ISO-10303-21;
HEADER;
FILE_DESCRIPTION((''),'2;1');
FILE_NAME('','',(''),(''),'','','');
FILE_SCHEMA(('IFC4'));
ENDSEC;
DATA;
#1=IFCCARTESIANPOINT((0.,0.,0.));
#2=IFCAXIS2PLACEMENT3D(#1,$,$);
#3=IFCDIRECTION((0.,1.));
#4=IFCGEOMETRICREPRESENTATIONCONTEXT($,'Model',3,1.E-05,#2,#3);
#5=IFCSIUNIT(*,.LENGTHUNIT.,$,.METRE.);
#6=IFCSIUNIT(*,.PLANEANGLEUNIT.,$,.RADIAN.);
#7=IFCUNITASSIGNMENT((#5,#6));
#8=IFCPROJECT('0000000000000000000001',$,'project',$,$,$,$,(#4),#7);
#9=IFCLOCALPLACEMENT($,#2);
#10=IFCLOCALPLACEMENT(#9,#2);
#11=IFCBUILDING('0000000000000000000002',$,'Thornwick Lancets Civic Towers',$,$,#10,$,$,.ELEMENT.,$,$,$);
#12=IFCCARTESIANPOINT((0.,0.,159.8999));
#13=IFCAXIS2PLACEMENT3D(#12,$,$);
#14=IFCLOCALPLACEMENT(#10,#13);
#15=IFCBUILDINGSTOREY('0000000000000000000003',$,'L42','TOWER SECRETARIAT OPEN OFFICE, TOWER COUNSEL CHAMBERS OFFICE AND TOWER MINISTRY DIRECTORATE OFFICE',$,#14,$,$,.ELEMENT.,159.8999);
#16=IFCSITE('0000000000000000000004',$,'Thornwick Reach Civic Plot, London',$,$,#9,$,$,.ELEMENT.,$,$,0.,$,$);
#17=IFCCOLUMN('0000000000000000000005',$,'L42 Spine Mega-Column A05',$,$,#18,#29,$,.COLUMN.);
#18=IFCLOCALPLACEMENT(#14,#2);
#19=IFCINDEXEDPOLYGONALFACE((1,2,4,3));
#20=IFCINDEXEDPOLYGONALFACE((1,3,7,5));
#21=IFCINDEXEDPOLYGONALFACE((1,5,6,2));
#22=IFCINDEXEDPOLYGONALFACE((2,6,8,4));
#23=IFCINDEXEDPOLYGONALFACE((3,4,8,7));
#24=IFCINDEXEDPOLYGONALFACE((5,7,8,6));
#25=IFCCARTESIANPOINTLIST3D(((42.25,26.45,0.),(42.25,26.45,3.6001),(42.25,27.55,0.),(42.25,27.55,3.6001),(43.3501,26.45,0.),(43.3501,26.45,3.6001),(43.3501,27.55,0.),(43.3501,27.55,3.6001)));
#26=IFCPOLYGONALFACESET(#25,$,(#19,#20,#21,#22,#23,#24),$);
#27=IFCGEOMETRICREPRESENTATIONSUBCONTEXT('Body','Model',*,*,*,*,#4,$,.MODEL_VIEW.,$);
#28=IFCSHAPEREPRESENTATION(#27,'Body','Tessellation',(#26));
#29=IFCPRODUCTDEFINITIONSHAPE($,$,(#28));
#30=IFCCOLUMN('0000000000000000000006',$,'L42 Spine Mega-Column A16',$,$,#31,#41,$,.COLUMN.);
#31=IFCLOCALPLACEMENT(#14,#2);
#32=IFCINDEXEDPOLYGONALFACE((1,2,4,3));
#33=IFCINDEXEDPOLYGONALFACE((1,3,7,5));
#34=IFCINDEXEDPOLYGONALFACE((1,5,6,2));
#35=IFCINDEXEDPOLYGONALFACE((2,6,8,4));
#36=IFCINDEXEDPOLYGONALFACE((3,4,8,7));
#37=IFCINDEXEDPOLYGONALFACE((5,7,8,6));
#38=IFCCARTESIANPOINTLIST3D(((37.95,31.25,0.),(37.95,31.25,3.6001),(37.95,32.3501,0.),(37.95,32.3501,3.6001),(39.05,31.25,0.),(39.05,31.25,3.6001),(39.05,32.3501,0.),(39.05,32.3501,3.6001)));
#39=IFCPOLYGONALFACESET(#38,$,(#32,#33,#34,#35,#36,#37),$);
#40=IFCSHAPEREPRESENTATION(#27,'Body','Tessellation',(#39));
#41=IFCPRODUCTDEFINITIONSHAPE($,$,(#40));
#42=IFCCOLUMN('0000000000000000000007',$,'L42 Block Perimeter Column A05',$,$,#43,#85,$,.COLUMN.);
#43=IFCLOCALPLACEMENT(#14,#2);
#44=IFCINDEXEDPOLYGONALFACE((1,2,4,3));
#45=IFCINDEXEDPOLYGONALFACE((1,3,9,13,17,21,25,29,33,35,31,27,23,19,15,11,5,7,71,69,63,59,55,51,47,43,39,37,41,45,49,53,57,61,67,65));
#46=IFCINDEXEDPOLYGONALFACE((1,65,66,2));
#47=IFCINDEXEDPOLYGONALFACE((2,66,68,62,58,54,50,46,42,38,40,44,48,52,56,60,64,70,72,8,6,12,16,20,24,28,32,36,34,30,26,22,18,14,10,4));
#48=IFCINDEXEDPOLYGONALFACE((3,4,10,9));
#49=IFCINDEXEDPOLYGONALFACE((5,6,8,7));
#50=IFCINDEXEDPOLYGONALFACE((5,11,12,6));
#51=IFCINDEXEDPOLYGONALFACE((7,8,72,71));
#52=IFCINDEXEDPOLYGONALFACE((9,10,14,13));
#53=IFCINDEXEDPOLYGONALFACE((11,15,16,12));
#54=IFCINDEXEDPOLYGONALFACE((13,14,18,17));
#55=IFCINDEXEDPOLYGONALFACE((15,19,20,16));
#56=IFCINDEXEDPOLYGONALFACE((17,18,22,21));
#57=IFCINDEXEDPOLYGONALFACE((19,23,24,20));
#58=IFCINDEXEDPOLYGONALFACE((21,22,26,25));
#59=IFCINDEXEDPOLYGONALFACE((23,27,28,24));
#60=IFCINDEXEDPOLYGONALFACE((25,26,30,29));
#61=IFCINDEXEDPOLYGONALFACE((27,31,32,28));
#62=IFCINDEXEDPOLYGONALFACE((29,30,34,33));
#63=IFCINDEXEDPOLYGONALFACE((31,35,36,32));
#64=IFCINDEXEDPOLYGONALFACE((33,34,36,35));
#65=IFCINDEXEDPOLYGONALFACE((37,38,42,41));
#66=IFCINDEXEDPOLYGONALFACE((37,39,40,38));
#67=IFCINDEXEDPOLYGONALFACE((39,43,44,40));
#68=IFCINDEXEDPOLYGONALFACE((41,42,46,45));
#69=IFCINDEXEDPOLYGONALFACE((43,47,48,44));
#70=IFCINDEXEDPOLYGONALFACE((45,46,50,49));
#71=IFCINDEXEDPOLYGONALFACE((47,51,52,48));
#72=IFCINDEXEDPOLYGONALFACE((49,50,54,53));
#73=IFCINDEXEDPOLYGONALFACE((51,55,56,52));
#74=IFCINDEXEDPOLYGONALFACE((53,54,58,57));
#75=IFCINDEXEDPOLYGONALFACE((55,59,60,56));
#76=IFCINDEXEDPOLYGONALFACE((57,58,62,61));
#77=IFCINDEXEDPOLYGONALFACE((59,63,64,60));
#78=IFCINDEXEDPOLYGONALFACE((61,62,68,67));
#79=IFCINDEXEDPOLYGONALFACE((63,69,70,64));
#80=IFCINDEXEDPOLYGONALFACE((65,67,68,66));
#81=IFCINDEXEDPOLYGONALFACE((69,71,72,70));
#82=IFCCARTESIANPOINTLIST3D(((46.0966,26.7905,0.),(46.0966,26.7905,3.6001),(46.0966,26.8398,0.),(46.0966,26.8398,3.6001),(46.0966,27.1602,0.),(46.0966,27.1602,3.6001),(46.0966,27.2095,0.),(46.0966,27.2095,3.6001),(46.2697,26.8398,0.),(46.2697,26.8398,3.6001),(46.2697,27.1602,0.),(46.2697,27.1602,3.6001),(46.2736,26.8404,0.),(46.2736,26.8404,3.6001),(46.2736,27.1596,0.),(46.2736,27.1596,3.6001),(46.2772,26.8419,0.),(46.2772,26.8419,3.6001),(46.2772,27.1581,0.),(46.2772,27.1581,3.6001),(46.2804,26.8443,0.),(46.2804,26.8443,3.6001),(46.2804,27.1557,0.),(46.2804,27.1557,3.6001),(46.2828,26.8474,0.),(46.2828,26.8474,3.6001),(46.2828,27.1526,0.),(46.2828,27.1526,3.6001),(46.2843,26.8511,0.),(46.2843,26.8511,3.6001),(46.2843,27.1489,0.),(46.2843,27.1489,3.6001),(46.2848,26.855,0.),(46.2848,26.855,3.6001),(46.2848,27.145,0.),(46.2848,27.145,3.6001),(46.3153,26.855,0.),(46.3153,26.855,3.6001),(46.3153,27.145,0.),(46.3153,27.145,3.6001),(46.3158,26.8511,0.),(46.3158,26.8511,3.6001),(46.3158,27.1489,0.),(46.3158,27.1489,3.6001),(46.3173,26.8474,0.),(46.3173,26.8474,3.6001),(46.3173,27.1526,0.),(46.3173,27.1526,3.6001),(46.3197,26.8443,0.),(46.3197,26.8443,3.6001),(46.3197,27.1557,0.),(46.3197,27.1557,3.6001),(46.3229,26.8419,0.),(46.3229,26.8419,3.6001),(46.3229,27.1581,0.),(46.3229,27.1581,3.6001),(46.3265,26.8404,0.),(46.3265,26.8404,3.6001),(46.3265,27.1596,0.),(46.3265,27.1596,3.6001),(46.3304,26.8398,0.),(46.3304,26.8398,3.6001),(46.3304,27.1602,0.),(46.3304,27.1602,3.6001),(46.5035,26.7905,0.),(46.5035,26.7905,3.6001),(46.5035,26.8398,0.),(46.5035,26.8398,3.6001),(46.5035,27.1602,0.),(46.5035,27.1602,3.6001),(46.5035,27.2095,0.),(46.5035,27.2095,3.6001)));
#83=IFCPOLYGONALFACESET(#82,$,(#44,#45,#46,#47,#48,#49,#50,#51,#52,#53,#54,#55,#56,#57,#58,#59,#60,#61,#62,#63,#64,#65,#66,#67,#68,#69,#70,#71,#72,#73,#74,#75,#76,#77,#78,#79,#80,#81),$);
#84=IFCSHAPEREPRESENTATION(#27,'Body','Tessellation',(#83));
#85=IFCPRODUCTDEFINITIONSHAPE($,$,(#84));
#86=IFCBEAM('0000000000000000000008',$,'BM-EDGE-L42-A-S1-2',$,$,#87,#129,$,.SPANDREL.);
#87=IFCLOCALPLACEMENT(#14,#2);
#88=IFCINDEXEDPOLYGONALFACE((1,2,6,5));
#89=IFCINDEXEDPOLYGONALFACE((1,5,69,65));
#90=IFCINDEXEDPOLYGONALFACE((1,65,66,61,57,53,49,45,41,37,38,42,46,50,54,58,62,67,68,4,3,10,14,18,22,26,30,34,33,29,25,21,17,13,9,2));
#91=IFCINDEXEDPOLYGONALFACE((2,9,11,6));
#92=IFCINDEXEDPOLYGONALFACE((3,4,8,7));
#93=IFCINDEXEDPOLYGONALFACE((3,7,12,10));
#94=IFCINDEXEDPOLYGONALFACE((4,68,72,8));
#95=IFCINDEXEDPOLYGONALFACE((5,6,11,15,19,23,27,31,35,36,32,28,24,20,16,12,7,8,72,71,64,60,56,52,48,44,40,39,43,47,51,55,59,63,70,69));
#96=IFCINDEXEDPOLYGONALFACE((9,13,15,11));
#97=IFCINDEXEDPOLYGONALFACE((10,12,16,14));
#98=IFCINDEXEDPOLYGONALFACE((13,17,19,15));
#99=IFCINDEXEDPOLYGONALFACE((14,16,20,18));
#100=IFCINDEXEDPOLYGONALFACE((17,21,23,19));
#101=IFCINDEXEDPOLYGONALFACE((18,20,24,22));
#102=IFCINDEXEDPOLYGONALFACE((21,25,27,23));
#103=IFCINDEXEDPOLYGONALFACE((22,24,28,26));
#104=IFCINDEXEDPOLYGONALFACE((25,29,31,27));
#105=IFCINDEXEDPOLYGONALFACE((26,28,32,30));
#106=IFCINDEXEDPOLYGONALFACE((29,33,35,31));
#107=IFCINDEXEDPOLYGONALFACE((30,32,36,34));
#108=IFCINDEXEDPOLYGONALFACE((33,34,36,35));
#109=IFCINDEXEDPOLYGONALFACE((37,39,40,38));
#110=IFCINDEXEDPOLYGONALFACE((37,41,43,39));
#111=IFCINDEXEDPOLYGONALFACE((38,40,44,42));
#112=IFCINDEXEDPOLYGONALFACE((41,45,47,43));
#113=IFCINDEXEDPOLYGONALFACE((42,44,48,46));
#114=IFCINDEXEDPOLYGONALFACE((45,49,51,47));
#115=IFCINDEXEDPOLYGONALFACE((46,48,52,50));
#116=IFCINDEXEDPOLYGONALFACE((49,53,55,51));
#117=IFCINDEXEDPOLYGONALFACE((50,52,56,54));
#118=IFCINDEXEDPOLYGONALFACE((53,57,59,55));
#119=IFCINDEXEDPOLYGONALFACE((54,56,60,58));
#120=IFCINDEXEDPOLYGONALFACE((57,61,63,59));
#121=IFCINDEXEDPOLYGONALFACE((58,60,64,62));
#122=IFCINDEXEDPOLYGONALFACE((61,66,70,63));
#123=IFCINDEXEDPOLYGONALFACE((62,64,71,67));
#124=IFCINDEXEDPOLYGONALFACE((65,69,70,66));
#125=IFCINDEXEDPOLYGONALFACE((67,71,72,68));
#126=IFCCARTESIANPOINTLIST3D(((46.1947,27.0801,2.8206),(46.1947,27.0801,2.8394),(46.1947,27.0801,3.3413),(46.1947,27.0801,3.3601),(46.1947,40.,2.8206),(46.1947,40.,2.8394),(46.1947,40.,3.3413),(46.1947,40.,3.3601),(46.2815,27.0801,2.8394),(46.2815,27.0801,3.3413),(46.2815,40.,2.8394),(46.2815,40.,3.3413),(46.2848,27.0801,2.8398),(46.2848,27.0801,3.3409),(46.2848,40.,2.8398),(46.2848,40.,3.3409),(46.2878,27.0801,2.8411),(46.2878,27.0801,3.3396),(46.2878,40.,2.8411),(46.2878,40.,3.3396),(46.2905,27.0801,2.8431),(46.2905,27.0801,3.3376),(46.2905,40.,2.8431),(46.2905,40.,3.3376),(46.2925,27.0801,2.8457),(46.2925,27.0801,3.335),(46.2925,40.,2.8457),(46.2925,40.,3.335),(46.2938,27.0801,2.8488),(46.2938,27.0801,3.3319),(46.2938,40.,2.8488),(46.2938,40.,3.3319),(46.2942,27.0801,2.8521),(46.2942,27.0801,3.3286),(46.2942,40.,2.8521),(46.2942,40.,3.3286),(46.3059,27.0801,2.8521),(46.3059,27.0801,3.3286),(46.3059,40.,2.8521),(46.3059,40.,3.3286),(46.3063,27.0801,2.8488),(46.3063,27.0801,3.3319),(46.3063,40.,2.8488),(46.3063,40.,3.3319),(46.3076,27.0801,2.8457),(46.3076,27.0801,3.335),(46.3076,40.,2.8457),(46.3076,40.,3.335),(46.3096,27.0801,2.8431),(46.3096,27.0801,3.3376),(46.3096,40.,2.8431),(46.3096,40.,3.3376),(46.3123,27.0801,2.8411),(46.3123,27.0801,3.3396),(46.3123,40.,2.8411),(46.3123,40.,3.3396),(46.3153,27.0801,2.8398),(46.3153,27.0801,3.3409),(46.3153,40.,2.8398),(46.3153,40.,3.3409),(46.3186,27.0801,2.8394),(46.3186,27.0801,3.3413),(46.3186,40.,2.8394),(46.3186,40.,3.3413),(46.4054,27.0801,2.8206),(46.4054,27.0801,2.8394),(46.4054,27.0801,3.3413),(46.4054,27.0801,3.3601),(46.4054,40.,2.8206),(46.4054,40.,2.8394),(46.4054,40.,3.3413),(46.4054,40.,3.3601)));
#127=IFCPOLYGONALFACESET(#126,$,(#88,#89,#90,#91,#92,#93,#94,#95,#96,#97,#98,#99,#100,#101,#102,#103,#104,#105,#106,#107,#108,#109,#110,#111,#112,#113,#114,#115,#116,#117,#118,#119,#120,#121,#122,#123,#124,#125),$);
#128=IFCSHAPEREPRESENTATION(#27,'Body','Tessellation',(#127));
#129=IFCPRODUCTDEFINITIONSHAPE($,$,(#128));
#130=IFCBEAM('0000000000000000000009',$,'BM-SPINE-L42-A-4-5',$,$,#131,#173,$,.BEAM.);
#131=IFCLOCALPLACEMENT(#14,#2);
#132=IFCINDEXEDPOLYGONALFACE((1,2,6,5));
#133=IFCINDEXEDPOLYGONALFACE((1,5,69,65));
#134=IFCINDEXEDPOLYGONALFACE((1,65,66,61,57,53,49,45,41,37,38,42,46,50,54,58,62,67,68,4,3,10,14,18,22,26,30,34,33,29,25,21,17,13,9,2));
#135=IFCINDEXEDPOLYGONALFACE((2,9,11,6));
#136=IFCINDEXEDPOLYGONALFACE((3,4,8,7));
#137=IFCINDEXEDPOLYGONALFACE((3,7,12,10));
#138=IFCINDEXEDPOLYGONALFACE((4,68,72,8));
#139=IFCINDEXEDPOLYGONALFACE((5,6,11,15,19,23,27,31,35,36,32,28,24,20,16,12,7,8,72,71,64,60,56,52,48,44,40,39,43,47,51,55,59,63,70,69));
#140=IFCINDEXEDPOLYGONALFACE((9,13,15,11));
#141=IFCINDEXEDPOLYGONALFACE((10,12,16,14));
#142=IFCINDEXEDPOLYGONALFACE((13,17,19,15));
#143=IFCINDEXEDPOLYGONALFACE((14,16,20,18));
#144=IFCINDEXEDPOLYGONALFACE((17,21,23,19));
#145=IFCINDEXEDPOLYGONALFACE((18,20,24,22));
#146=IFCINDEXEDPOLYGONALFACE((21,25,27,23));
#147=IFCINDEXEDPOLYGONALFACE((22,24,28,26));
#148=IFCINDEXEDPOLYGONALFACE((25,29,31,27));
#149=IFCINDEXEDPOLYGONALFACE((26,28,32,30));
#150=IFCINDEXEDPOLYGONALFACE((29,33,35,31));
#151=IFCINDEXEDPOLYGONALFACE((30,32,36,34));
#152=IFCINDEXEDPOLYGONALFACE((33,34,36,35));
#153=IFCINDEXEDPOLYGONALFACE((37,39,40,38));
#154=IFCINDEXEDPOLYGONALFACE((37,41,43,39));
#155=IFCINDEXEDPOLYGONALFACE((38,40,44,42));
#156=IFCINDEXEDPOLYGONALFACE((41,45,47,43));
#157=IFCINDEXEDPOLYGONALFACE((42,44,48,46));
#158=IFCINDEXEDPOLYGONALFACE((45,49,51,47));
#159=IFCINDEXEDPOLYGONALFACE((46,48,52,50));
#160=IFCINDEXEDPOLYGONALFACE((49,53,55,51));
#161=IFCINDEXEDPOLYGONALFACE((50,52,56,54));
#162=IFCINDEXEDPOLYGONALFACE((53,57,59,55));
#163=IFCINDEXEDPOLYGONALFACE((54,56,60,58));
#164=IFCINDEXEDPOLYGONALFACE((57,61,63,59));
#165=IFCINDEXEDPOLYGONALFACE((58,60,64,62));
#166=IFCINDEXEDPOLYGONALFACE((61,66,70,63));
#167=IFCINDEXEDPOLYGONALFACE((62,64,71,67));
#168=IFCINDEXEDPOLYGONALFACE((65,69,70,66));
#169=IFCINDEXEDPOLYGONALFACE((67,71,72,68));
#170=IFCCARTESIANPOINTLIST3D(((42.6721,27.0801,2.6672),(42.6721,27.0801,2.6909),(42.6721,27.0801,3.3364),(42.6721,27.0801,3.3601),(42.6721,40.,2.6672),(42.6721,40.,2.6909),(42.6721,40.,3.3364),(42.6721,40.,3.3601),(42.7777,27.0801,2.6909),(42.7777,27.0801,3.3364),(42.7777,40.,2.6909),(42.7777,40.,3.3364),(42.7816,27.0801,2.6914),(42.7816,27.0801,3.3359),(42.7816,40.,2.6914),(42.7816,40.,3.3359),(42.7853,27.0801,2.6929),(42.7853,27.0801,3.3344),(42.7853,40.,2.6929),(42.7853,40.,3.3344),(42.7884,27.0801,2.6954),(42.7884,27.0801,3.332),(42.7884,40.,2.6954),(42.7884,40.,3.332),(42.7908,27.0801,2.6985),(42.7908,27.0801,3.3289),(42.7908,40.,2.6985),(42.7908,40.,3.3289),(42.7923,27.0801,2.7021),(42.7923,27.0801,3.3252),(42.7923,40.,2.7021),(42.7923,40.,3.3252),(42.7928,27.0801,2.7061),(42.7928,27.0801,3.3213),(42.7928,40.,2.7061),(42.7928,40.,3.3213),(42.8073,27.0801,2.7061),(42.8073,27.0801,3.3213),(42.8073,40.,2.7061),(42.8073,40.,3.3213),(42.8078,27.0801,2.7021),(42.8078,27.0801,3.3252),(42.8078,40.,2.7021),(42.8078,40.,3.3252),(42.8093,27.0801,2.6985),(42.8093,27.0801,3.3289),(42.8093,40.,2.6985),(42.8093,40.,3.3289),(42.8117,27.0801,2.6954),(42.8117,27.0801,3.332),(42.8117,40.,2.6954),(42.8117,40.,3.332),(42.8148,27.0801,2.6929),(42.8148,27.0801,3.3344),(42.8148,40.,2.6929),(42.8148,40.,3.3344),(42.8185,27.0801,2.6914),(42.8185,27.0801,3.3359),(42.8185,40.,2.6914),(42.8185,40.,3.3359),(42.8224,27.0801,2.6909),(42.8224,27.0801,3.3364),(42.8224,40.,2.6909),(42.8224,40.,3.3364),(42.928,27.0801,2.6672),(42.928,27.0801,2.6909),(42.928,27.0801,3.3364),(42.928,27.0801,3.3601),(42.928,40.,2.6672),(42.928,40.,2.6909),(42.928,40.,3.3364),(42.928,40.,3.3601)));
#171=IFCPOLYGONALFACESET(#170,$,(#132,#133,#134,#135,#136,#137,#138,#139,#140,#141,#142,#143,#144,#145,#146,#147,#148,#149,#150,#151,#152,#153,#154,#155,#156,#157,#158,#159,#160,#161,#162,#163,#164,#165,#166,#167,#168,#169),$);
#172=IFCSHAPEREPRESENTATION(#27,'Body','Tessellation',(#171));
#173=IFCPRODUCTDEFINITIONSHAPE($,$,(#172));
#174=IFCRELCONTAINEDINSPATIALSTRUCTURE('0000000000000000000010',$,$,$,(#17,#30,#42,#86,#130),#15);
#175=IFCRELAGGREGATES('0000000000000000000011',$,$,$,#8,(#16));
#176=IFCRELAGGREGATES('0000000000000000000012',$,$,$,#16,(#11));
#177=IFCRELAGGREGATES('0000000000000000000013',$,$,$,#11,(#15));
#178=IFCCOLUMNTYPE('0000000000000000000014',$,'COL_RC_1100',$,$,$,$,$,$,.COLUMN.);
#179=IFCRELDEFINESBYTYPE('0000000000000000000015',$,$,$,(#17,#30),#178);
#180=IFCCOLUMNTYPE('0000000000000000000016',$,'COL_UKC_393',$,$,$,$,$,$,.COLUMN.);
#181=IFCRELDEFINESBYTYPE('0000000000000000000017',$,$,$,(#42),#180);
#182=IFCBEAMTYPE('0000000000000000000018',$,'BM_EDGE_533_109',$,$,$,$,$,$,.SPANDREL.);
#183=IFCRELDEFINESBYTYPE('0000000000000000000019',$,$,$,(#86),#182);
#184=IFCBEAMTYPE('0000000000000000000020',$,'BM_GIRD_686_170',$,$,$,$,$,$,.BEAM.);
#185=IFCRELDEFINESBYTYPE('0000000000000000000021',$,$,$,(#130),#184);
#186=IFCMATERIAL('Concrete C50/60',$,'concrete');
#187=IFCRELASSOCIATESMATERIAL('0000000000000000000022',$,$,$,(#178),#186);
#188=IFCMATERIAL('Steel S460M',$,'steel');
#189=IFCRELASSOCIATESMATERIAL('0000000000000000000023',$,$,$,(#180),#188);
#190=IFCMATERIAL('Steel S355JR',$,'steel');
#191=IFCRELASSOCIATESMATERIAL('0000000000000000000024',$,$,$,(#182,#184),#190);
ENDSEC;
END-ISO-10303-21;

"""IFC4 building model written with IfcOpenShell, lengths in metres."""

from ifc_helpers import new_model, si_unit, direction, frame, origin, origin_2d, place, context, subcontext, project, spatial, rectangle, i_section, extrude, material, material_profile, profile_set, type_object, element, save


model = new_model("IFC4")

# Units and contexts
model_context = context("Model", 3, precision=1e-05, world=origin(), true_north=direction((0.0, 1.0)))
body_context = subcontext(model_context, "Body", "Model", "MODEL_VIEW")
ifc_project = project(units=[si_unit("LENGTHUNIT", "METRE"), si_unit("PLANEANGLEUNIT", "RADIAN")], contexts=[model_context])

# Site, building, storey
site_placement = place(None, origin())
site = spatial("IfcSite", under=ifc_project, at=site_placement, Name="Thornwick Reach Civic Plot, London", CompositionType="ELEMENT", RefElevation=0.0)
building_placement = place(site_placement, origin())
building = spatial("IfcBuilding", under=site, at=building_placement, Name="Thornwick Lancets Civic Towers", CompositionType="ELEMENT")
storey_placement = place(building_placement, frame((0.0, 0.0, 159.8999)))
storey = spatial("IfcBuildingStorey", under=building, at=storey_placement, Name="L42", Description="TOWER SECRETARIAT OPEN OFFICE, TOWER COUNSEL CHAMBERS OFFICE AND TOWER MINISTRY DIRECTORATE OFFICE", CompositionType="ELEMENT", Elevation=159.8999)

# Columns
ifc_material_1 = material(Name="Concrete C50/60", Category="concrete")
ifc_material_profile_1 = material_profile(ifc_material_1, rectangle(XDim=1.1001, YDim=1.1001, at=origin_2d()), Name="RC 1100x1100")
ifc_profile_set_1 = profile_set([ifc_material_profile_1], Name="Concrete C50/60")
column_type_1 = type_object("IfcColumnType", Name="COL_RC_1100", PredefinedType="COLUMN", material=ifc_profile_set_1)
for number, where, z_axis, x_axis, name in (
    (1, (42.8, 27.0, 0.0), (0.0, 0.0, 1.0), (1.0, 0.0, 0.0), "L42 Spine Mega-Column A05"),
    (2, (38.5, 31.8, 0.0), (0.0, 0.0, 1.0), (1.0, 0.0, 0.0), "L42 Spine Mega-Column A16"),
):
    element("IfcColumn", number, at=place(storey_placement, frame(where, z_axis=z_axis, x_axis=x_axis)), inside=storey, type_object=column_type_1, Name=name, PredefinedType="COLUMN", context=body_context, shape_type="SweptSolid", body=[
        extrude(rectangle(XDim=1.1001, YDim=1.1001, at=origin_2d()), origin(), (0.0, 0.0, 1.0), 3.6001),
    ])
ifc_material_2 = material(Name="Steel S460M", Category="steel")
ifc_material_profile_2 = material_profile(ifc_material_2, i_section(OverallWidth=0.407, OverallDepth=0.4189, WebThickness=0.0305, FlangeThickness=0.0493, FilletRadius=0.0151, at=origin_2d()), Name="UKC 356x406x393")
ifc_profile_set_2 = profile_set([ifc_material_profile_2], Name="Steel S460M")
column_type_2 = type_object("IfcColumnType", Name="COL_UKC_393", PredefinedType="COLUMN", material=ifc_profile_set_2)
column_placement = place(storey_placement, frame((46.3, 27.0, 0.0), z_axis=(0.0, 0.0, 1.0), x_axis=(1.0, 0.0, 0.0)))
element("IfcColumn", 3, at=column_placement, inside=storey, type_object=column_type_2, Name="L42 Block Perimeter Column A05", PredefinedType="COLUMN", context=body_context, shape_type="SweptSolid", body=[
    extrude(i_section(OverallWidth=0.407, OverallDepth=0.4189, WebThickness=0.0305, FlangeThickness=0.0493, FilletRadius=0.0151, at=origin_2d()), origin(), (0.0, 0.0, 1.0), 3.6001),
])

# Beams
ifc_material_3 = material(Name="Steel S355JR", Category="steel")
ifc_material_profile_3 = material_profile(ifc_material_3, i_section(OverallWidth=0.2107, OverallDepth=0.5396, WebThickness=0.0117, FlangeThickness=0.0188, FilletRadius=0.0127, at=origin_2d()), Name="UKB 533x210x109")
ifc_profile_set_3 = profile_set([ifc_material_profile_3], Name="Steel S355JR")
beam_type_1 = type_object("IfcBeamType", Name="BM_EDGE_533_109", PredefinedType="SPANDREL", material=ifc_profile_set_3)
beam_1_placement = place(storey_placement, frame((46.3, 27.0801, 3.0903), z_axis=(0.0, 1.0, 0.0), x_axis=(-1.0, 0.0, 0.0)))
element("IfcBeam", 4, at=beam_1_placement, inside=storey, type_object=beam_type_1, Name="BM-EDGE-L42-A-S1-2", PredefinedType="SPANDREL", context=body_context, shape_type="SweptSolid", body=[
    extrude(i_section(OverallWidth=0.2107, OverallDepth=0.5396, WebThickness=0.0117, FlangeThickness=0.0188, FilletRadius=0.0127, at=origin_2d()), origin(), (0.0, 0.0, 1.0), 12.9199),
])
ifc_material_profile_4 = material_profile(ifc_material_3, i_section(OverallWidth=0.2559, OverallDepth=0.6929, WebThickness=0.0144, FlangeThickness=0.0237, FilletRadius=0.0151, at=origin_2d()), Name="UKB 686x254x170")
ifc_profile_set_4 = profile_set([ifc_material_profile_4], Name="Steel S355JR")
beam_type_2 = type_object("IfcBeamType", Name="BM_GIRD_686_170", PredefinedType="BEAM", material=ifc_profile_set_4)
beam_2_placement = place(storey_placement, frame((42.8, 27.0801, 3.0137), z_axis=(0.0, 1.0, 0.0), x_axis=(-1.0, 0.0, 0.0)))
element("IfcBeam", 5, at=beam_2_placement, inside=storey, type_object=beam_type_2, Name="BM-SPINE-L42-A-4-5", PredefinedType="BEAM", context=body_context, shape_type="SweptSolid", body=[
    extrude(i_section(OverallWidth=0.2559, OverallDepth=0.6929, WebThickness=0.0144, FlangeThickness=0.0237, FilletRadius=0.0151, at=origin_2d()), origin(), (0.0, 0.0, 1.0), 12.9199),
])

save(model, "model.ifc")
